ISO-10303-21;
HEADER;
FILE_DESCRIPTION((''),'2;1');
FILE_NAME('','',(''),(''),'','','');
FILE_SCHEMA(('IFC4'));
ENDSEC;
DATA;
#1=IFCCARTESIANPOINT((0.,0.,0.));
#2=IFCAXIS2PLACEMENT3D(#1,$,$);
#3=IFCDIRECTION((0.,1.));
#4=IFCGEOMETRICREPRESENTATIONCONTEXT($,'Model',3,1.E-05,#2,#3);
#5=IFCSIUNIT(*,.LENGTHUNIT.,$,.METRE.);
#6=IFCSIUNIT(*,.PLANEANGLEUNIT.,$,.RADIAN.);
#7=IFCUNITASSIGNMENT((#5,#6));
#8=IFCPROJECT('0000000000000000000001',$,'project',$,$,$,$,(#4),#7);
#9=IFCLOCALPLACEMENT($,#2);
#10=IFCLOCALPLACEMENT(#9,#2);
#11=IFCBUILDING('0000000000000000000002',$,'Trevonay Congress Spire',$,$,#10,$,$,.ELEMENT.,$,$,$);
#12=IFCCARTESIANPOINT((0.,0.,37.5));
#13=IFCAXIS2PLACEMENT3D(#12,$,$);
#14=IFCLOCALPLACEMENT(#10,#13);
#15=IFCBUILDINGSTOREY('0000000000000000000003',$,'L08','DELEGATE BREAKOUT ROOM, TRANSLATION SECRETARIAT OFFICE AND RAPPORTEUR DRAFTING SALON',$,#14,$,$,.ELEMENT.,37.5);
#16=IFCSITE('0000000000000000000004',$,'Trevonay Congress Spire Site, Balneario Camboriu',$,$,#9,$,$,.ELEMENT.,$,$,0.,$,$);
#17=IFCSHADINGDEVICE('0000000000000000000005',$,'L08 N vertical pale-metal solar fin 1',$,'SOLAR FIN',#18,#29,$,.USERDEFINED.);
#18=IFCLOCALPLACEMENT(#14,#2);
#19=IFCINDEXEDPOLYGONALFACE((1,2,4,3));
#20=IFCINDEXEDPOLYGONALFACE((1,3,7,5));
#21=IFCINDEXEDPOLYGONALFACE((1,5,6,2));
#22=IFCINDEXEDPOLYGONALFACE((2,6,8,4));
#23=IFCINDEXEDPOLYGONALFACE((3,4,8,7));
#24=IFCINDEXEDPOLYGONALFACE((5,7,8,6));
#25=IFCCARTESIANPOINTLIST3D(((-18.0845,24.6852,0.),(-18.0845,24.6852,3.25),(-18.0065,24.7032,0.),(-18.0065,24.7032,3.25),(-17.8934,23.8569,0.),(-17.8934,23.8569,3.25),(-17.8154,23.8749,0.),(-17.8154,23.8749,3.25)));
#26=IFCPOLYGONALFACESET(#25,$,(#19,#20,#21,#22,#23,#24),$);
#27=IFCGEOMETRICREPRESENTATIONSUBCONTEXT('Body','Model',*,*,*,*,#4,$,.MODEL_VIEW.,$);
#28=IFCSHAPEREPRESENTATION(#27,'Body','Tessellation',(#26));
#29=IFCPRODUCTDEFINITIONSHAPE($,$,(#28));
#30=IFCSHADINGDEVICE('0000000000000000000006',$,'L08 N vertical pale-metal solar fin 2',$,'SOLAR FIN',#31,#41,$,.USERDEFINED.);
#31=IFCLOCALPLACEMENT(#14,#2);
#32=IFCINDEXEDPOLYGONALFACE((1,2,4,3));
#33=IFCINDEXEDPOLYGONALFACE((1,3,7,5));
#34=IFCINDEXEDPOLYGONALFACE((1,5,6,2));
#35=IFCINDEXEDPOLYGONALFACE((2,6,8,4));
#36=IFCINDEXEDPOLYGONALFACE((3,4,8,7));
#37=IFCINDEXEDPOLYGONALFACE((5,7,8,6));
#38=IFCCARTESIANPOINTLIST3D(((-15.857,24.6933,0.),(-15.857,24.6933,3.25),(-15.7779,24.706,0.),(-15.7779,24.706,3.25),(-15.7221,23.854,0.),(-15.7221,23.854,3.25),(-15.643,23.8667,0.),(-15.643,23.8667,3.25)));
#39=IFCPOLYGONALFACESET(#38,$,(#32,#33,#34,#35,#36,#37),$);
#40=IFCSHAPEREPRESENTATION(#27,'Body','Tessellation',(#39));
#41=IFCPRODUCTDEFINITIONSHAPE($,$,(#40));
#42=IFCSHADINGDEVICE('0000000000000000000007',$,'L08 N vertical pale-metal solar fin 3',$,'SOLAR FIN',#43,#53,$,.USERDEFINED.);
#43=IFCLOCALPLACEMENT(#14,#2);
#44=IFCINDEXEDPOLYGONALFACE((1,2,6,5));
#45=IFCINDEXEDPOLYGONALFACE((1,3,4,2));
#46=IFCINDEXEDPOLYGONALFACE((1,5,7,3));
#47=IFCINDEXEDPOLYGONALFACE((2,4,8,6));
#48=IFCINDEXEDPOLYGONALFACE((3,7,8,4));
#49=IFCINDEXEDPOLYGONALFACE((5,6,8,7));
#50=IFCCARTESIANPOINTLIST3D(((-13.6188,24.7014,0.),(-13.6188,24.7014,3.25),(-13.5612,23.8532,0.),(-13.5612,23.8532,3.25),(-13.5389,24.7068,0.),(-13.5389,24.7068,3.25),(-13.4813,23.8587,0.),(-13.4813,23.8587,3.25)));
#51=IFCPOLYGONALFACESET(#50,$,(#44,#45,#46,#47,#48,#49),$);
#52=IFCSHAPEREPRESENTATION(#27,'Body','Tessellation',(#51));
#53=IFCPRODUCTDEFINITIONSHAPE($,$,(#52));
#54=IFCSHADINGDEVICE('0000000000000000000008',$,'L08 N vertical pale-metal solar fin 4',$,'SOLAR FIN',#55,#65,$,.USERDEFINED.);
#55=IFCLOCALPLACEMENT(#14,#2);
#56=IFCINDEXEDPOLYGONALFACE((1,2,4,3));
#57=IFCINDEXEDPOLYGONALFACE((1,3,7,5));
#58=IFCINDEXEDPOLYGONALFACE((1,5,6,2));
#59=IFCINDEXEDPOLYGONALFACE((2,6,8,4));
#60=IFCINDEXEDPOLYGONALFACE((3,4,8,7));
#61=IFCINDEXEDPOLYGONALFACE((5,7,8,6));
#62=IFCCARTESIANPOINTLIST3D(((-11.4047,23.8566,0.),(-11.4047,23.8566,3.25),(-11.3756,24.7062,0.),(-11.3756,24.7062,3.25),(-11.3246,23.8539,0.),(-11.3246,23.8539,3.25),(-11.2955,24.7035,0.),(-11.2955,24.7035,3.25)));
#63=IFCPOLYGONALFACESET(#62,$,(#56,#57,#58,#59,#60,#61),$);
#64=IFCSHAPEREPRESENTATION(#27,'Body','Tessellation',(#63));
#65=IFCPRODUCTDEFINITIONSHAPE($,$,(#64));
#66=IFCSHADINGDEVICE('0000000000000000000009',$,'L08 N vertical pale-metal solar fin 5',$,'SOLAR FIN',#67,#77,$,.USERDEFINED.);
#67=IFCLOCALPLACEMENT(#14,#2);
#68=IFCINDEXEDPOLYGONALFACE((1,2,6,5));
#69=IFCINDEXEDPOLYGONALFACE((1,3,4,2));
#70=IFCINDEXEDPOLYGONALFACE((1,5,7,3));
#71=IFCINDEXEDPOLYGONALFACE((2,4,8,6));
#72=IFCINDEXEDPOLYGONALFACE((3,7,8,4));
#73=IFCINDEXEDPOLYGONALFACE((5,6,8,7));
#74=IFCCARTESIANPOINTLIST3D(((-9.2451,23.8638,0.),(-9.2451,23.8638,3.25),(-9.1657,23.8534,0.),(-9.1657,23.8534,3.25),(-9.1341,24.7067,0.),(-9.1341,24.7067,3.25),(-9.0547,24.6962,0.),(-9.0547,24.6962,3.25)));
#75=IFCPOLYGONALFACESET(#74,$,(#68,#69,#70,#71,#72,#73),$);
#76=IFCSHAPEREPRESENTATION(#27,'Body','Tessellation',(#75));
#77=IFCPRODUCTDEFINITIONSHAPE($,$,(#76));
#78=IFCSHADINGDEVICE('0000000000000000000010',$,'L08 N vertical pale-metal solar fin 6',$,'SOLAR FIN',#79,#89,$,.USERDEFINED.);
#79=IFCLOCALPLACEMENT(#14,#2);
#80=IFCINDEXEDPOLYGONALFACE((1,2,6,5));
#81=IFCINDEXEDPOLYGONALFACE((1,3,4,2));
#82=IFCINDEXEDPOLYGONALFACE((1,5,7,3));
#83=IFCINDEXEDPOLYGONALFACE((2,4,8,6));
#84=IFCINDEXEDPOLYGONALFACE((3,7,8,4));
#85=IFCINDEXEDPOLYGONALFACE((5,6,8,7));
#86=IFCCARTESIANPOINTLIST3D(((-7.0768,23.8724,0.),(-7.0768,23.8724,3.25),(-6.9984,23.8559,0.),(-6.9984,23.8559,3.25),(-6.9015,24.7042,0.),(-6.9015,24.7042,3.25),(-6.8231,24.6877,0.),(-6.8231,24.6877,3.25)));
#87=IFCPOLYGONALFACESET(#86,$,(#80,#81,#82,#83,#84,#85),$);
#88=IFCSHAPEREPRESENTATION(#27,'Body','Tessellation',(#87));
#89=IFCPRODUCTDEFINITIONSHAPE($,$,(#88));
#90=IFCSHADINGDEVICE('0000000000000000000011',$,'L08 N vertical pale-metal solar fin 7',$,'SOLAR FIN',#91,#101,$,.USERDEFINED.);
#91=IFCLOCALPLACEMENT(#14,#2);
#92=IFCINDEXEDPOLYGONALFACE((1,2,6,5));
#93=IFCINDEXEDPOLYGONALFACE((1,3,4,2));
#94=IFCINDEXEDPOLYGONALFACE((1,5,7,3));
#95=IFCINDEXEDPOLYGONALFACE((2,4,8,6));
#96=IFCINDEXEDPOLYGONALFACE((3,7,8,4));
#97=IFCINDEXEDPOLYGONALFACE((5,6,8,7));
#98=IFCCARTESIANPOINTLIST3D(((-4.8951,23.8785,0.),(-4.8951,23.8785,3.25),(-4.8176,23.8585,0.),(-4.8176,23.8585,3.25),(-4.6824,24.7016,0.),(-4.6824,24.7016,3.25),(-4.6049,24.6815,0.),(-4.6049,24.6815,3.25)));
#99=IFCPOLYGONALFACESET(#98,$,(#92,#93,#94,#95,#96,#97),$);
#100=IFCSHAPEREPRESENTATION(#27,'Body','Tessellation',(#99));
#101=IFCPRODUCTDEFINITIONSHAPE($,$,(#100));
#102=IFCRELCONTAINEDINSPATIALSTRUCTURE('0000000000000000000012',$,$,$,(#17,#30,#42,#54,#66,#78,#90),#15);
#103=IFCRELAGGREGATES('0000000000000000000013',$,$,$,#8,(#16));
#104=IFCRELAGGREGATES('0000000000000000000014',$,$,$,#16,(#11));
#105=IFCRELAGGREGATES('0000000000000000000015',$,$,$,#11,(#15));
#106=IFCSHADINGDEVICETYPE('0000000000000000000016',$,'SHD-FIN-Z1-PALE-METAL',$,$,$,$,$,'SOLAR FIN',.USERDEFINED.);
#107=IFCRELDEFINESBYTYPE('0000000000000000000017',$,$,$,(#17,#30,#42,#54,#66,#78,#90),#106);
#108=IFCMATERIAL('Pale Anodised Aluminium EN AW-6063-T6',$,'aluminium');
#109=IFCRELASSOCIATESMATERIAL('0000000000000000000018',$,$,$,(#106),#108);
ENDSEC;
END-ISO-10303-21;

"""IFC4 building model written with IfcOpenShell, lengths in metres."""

from ifc_helpers import new_model, si_unit, direction, frame, origin, origin_2d, place, context, subcontext, project, spatial, rectangle, extrude, material, type_object, element, save


model = new_model("IFC4")

# Units and contexts
model_context = context("Model", 3, precision=1e-05, world=origin(), true_north=direction((0.0, 1.0)))
body_context = subcontext(model_context, "Body", "Model", "MODEL_VIEW")
ifc_project = project(units=[si_unit("LENGTHUNIT", "METRE"), si_unit("PLANEANGLEUNIT", "RADIAN")], contexts=[model_context])

# Site, building, storey
site_placement = place(None, origin())
site = spatial("IfcSite", under=ifc_project, at=site_placement, Name="Trevonay Congress Spire Site, Balneario Camboriu", CompositionType="ELEMENT", RefElevation=0.0)
building_placement = place(site_placement, origin())
building = spatial("IfcBuilding", under=site, at=building_placement, Name="Trevonay Congress Spire", CompositionType="ELEMENT")
storey_placement = place(building_placement, frame((0.0, 0.0, 37.5)))
storey = spatial("IfcBuildingStorey", under=building, at=storey_placement, Name="L08", Description="DELEGATE BREAKOUT ROOM, TRANSLATION SECRETARIAT OFFICE AND RAPPORTEUR DRAFTING SALON", CompositionType="ELEMENT", Elevation=37.5)

# Shared definitions
ifc_material_1 = material(Name="Pale Anodised Aluminium EN AW-6063-T6", Category="aluminium")

# Shading devices
shading_device_type = type_object("IfcShadingDeviceType", Name="SHD-FIN-Z1-PALE-METAL", ElementType="SOLAR FIN", PredefinedType="USERDEFINED", material=ifc_material_1)
for number, where, z_axis, x_axis, name in (
    (1, (-17.95, 24.28, 0.0), (0.0, 0.0, 1.0), (0.974409, 0.224781, 0.0), "L08 N vertical pale-metal solar fin 1"),
    (2, (-15.75, 24.28, 0.0), (0.0, 0.0, 1.0), (0.987331, 0.158675, 0.0), "L08 N vertical pale-metal solar fin 2"),
    (3, (-13.55, 24.28, 0.0), (0.0, 0.0, 1.0), (0.997708, 0.067667, 0.0), "L08 N vertical pale-metal solar fin 3"),
    (4, (-11.3501, 24.28, 0.0), (0.0, 0.0, 1.0), (0.999415, -0.034202, 0.0), "L08 N vertical pale-metal solar fin 4"),
    (5, (-9.1499, 24.28, 0.0), (0.0, 0.0, 1.0), (0.991445, -0.130526, 0.0), "L08 N vertical pale-metal solar fin 5"),
    (6, (-6.95, 24.28, 0.0), (0.0, 0.0, 1.0), (0.978509, -0.206204, 0.0), "L08 N vertical pale-metal solar fin 6"),
    (7, (-4.75, 24.28, 0.0), (0.0, 0.0, 1.0), (0.968191, -0.250211, 0.0), "L08 N vertical pale-metal solar fin 7"),
):
    element("IfcShadingDevice", number, at=place(storey_placement, frame(where, z_axis=z_axis, x_axis=x_axis)), inside=storey, type_object=shading_device_type, Name=name, ObjectType="SOLAR FIN", PredefinedType="USERDEFINED", context=body_context, shape_type="SweptSolid", body=[
        extrude(rectangle(XDim=0.0801, YDim=0.8501, at=origin_2d()), origin(), (0.0, 0.0, 1.0), 3.25),
    ])

save(model, "model.ifc")
